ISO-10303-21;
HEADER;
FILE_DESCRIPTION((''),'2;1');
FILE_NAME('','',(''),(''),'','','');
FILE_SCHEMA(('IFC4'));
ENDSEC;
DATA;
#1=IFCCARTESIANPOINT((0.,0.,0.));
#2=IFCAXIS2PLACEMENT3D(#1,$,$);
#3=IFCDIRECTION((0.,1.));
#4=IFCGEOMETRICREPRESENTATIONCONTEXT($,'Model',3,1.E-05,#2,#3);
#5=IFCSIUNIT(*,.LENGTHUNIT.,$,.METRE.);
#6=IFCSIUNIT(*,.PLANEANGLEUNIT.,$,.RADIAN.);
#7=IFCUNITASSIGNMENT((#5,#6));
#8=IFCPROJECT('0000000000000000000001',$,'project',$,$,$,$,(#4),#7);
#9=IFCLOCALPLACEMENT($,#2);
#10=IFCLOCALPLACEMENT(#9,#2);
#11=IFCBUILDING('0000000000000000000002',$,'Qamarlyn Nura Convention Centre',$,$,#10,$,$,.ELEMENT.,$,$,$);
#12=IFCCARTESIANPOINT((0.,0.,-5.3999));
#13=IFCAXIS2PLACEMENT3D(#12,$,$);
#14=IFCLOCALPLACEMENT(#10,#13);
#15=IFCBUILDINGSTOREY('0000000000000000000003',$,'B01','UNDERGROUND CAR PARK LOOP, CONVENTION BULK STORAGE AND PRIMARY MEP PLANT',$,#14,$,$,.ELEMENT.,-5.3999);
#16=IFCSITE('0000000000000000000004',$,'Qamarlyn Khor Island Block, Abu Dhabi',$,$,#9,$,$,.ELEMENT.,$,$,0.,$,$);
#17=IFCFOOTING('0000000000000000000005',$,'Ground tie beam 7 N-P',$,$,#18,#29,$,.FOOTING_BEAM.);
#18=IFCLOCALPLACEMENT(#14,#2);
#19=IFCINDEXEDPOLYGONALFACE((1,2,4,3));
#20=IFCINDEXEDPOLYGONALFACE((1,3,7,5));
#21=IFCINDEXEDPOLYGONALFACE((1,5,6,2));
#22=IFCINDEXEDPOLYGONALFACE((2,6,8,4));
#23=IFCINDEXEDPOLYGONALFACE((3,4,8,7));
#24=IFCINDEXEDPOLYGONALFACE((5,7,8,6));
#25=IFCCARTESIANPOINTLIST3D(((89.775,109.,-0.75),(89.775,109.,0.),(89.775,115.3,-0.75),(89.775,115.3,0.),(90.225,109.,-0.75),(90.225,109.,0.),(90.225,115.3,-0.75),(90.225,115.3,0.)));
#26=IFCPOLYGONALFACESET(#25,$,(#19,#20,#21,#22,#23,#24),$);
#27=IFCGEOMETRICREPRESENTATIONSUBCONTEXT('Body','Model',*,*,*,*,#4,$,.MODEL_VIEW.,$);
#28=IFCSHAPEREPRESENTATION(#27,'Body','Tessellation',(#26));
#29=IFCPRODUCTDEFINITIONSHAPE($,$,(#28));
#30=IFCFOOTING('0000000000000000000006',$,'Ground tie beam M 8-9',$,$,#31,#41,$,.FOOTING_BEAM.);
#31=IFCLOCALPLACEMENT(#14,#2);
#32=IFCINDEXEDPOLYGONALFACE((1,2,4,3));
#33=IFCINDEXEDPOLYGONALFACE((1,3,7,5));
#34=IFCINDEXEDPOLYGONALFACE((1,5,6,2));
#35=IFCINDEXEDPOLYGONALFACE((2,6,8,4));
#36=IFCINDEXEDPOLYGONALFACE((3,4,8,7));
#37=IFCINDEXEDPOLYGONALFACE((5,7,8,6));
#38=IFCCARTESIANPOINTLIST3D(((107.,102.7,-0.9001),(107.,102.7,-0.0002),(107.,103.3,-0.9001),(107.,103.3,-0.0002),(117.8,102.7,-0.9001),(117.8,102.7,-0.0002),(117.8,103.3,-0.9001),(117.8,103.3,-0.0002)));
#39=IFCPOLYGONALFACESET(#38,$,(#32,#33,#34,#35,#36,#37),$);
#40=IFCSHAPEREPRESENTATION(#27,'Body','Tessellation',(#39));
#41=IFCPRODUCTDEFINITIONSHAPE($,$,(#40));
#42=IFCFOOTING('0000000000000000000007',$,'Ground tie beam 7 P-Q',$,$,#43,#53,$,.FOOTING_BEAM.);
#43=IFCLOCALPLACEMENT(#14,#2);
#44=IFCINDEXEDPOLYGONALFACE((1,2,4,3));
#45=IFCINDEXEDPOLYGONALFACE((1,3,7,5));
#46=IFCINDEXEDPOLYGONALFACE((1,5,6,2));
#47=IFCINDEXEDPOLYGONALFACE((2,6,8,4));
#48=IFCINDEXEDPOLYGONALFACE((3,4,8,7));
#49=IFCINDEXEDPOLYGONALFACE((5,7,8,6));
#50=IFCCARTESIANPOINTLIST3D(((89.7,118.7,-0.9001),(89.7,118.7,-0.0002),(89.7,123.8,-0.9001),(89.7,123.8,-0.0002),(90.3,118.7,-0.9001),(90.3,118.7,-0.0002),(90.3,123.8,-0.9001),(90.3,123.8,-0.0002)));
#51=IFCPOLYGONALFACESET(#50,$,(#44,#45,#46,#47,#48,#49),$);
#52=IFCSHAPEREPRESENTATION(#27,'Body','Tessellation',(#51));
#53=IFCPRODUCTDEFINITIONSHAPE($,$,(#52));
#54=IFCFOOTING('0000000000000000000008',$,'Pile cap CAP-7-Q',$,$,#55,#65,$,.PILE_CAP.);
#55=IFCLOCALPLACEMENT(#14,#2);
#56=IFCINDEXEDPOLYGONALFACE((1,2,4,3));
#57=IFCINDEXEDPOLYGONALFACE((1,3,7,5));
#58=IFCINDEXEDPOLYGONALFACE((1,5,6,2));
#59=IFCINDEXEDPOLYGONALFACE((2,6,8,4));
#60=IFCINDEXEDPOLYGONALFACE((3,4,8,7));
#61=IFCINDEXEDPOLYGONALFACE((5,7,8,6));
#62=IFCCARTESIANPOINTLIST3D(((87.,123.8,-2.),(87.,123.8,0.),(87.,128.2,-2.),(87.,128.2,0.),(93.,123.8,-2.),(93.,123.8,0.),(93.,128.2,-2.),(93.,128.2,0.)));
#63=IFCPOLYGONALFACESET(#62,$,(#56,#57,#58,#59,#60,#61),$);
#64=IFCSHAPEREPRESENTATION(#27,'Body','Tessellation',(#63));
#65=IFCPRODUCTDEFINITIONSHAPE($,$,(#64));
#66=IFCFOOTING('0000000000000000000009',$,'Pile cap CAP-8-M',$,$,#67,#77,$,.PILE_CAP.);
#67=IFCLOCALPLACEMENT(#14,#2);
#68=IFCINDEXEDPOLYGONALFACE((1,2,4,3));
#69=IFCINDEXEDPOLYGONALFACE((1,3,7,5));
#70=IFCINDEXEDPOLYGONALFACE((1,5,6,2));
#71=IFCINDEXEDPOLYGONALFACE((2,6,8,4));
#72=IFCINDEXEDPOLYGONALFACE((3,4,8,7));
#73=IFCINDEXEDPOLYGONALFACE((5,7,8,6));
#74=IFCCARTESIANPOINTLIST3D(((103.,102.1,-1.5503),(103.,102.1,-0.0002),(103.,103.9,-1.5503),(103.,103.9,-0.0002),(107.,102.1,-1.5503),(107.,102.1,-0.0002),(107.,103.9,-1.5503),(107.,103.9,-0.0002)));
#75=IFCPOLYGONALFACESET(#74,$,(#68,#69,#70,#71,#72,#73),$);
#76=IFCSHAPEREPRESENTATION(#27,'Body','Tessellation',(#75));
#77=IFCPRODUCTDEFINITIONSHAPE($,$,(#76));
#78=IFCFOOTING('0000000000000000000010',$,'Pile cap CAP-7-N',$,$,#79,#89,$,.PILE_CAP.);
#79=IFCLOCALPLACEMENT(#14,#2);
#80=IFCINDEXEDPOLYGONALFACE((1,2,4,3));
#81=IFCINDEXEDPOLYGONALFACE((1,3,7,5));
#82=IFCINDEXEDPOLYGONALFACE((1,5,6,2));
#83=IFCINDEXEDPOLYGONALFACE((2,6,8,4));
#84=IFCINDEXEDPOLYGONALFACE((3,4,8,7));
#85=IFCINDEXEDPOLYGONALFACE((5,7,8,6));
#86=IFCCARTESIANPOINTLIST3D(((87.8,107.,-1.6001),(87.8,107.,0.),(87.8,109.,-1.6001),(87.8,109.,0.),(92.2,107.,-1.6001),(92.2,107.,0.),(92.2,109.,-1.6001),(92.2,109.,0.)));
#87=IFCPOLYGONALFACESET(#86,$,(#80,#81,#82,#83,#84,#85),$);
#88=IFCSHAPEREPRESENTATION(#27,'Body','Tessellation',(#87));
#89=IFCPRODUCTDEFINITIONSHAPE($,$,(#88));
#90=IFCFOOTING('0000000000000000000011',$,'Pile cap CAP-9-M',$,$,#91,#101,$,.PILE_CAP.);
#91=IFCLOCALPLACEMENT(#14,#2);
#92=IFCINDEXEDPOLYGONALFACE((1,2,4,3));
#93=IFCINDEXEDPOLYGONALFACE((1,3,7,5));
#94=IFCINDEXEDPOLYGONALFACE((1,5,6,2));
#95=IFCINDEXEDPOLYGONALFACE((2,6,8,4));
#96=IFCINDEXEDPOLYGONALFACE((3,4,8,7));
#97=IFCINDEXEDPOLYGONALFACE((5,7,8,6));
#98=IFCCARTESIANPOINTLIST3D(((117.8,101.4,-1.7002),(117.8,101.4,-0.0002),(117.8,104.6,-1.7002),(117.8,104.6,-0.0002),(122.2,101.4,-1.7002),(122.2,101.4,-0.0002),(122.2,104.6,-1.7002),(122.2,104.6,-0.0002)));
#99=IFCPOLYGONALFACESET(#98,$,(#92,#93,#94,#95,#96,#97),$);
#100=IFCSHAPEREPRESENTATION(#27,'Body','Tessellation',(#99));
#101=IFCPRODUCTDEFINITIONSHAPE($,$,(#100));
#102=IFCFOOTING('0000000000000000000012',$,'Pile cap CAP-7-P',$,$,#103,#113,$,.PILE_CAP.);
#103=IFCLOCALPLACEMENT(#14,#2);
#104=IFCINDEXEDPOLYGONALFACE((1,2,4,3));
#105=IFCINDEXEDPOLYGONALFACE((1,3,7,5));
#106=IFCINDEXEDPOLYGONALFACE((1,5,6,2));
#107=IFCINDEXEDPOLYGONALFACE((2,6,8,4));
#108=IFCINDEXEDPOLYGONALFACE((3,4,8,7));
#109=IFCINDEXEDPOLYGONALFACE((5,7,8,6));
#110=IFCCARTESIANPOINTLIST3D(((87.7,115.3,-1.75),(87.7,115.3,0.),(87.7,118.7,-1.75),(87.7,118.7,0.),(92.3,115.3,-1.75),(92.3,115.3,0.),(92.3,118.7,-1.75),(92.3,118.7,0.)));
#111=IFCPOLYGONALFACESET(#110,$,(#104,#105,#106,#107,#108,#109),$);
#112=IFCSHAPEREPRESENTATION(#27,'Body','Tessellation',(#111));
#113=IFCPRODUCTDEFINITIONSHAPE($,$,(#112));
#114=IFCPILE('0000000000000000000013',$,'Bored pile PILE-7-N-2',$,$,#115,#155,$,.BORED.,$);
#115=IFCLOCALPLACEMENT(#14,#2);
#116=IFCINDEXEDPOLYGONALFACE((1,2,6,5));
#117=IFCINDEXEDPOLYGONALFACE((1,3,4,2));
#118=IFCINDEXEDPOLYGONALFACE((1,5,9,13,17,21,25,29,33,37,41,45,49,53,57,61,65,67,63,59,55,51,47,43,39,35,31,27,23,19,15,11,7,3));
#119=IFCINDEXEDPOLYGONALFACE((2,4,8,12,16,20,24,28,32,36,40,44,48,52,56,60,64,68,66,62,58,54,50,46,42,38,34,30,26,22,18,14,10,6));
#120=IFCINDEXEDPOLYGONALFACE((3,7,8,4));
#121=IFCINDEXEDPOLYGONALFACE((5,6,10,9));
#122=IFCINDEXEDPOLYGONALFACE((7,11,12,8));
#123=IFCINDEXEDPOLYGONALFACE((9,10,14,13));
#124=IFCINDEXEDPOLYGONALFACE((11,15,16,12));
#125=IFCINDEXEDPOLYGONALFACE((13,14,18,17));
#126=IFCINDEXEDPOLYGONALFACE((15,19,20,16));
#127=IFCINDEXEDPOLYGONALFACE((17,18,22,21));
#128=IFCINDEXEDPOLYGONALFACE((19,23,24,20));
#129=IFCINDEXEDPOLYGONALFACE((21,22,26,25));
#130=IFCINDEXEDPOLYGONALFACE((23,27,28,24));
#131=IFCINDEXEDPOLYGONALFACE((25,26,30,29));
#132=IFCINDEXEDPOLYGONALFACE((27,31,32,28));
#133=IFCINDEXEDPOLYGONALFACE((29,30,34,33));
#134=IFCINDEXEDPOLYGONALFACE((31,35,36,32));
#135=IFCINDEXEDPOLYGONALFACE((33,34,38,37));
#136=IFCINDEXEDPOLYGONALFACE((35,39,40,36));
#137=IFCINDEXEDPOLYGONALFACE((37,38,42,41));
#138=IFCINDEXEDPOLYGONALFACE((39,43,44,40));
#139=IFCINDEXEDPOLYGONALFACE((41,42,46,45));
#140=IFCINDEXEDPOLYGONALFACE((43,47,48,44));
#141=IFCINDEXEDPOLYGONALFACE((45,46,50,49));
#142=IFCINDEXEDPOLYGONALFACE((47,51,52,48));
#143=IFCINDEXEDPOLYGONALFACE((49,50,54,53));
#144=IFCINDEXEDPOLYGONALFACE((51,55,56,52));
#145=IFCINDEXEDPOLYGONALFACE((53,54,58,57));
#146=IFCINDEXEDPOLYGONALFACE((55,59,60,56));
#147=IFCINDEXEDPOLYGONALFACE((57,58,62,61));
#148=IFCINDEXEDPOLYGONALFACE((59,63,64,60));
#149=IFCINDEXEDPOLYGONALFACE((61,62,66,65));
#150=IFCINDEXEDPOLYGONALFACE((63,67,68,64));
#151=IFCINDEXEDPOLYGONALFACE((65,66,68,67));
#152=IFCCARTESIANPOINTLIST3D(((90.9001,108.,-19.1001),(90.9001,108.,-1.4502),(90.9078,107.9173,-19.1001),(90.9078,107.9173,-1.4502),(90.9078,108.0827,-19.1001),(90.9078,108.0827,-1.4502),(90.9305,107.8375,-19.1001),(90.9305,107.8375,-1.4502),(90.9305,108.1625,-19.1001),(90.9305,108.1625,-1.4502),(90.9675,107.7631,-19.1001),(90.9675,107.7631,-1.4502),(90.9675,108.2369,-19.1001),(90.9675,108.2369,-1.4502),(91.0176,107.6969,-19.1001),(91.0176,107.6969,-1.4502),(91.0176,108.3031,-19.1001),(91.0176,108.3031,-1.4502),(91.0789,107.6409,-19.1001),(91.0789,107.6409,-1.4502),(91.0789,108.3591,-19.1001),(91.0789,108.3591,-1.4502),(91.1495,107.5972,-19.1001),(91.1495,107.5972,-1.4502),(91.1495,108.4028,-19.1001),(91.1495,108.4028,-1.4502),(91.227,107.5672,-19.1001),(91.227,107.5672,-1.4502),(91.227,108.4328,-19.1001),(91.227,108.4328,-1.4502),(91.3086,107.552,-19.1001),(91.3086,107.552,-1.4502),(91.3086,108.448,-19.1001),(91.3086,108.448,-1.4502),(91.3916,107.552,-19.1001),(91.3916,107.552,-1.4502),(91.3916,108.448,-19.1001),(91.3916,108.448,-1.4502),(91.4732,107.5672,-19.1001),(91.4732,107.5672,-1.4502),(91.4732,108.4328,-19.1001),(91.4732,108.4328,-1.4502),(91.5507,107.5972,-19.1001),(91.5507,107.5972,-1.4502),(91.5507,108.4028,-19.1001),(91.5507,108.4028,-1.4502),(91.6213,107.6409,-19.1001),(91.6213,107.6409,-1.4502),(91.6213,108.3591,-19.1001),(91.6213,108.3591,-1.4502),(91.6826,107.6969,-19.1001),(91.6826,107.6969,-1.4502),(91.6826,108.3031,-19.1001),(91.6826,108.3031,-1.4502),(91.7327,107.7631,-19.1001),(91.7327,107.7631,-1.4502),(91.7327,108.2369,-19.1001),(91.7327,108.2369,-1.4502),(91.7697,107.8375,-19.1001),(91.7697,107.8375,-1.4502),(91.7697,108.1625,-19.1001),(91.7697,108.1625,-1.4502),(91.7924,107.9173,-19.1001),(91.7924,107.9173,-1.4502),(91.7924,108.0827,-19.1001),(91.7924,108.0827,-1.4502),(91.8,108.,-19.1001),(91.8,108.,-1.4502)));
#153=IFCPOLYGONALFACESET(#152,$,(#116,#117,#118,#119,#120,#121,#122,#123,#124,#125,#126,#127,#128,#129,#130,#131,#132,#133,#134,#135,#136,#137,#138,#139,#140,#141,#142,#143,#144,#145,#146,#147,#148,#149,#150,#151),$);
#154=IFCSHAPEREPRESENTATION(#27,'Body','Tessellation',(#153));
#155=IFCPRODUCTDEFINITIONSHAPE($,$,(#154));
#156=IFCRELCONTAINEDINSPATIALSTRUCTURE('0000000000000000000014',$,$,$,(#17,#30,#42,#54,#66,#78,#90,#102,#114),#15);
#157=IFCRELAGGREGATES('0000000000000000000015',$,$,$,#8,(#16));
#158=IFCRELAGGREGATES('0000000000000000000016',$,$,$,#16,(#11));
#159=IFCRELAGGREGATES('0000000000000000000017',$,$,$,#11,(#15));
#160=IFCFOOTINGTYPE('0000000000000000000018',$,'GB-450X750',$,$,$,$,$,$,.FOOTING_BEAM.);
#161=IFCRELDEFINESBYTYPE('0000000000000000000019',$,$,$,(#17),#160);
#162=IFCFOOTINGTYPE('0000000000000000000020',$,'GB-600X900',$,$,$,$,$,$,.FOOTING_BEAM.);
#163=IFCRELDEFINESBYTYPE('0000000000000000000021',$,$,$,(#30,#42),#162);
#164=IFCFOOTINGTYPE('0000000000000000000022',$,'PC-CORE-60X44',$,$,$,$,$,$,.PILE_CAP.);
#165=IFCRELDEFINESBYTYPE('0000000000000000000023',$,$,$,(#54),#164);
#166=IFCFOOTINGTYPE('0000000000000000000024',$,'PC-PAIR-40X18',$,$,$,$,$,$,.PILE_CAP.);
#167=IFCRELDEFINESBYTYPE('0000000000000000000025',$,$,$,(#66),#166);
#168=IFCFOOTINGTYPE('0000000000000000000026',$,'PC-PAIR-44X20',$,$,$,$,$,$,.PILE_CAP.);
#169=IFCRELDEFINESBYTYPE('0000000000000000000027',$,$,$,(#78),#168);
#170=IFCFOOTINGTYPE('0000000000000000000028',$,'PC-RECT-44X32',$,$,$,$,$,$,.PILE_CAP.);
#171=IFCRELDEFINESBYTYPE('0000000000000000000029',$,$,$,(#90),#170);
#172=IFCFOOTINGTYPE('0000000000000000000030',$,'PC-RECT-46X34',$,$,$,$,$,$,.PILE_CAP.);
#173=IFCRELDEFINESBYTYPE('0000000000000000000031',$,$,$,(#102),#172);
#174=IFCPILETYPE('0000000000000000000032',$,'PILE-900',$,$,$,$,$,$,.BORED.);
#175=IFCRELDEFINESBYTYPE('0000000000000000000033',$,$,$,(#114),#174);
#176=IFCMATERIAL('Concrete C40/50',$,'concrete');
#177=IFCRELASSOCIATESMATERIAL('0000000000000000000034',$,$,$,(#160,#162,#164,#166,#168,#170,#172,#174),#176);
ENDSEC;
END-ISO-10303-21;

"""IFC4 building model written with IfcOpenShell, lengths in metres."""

from ifc_helpers import new_model, si_unit, direction, frame, origin, origin_2d, place, context, subcontext, project, spatial, rectangle, circle, extrude, material, material_profile, profile_set, type_object, element, save


model = new_model("IFC4")

# Units and contexts
model_context = context("Model", 3, precision=1e-05, world=origin(), true_north=direction((0.0, 1.0)))
body_context = subcontext(model_context, "Body", "Model", "MODEL_VIEW")
ifc_project = project(units=[si_unit("LENGTHUNIT", "METRE"), si_unit("PLANEANGLEUNIT", "RADIAN")], contexts=[model_context])

# Site, building, storey
site_placement = place(None, origin())
site = spatial("IfcSite", under=ifc_project, at=site_placement, Name="Qamarlyn Khor Island Block, Abu Dhabi", CompositionType="ELEMENT", RefElevation=0.0)
building_placement = place(site_placement, origin())
building = spatial("IfcBuilding", under=site, at=building_placement, Name="Qamarlyn Nura Convention Centre", CompositionType="ELEMENT")
storey_placement = place(building_placement, frame((0.0, 0.0, -5.3999)))
storey = spatial("IfcBuildingStorey", under=building, at=storey_placement, Name="B01", Description="UNDERGROUND CAR PARK LOOP, CONVENTION BULK STORAGE AND PRIMARY MEP PLANT", CompositionType="ELEMENT", Elevation=-5.3999)

# Footings
ifc_material_1 = material(Name="Concrete C40/50", Category="concrete")
ifc_material_profile_1 = material_profile(ifc_material_1, rectangle(XDim=0.45, YDim=0.75, at=origin_2d()), Name="RC GB 450x750")
ifc_profile_set_1 = profile_set([ifc_material_profile_1], Name="Concrete C40/50")
footing_type_1 = type_object("IfcFootingType", Name="GB-450X750", PredefinedType="FOOTING_BEAM", material=ifc_profile_set_1)
footing_1_placement = place(storey_placement, frame((90.0, 109.0, -0.375), z_axis=(0.0, 1.0, 0.0), x_axis=(-1.0, 0.0, 0.0)))
element("IfcFooting", 1, at=footing_1_placement, inside=storey, type_object=footing_type_1, Name="Ground tie beam 7 N-P", PredefinedType="FOOTING_BEAM", context=body_context, shape_type="SweptSolid", body=[
    extrude(rectangle(XDim=0.45, YDim=0.75, at=origin_2d()), origin(), (0.0, 0.0, 1.0), 6.3),
])
ifc_material_profile_2 = material_profile(ifc_material_1, rectangle(XDim=0.6001, YDim=0.8999, at=origin_2d()), Name="RC GB 600x900")
ifc_profile_set_2 = profile_set([ifc_material_profile_2], Name="Concrete C40/50")
footing_type_2 = type_object("IfcFootingType", Name="GB-600X900", PredefinedType="FOOTING_BEAM", material=ifc_profile_set_2)
footing_2_placement = place(storey_placement, frame((107.0, 103.0, -0.4502), z_axis=(1.0, 0.0, 0.0), x_axis=(0.0, 1.0, 0.0)))
element("IfcFooting", 2, at=footing_2_placement, inside=storey, type_object=footing_type_2, Name="Ground tie beam M 8-9", PredefinedType="FOOTING_BEAM", context=body_context, shape_type="SweptSolid", body=[
    extrude(rectangle(XDim=0.6001, YDim=0.8999, at=origin_2d()), origin(), (0.0, 0.0, 1.0), 10.8),
])
footing_3_placement = place(storey_placement, frame((90.0, 118.7, -0.4502), z_axis=(0.0, 1.0, 0.0), x_axis=(-1.0, 0.0, 0.0)))
element("IfcFooting", 3, at=footing_3_placement, inside=storey, type_object=footing_type_2, Name="Ground tie beam 7 P-Q", PredefinedType="FOOTING_BEAM", context=body_context, shape_type="SweptSolid", body=[
    extrude(rectangle(XDim=0.6001, YDim=0.8999, at=origin_2d()), origin(), (0.0, 0.0, 1.0), 5.1001),
])
footing_type_3 = type_object("IfcFootingType", Name="PC-CORE-60X44", PredefinedType="PILE_CAP", material=ifc_material_1)
footing_4_placement = place(storey_placement, frame((90.0, 126.0, -2.0), z_axis=(0.0, 0.0, 1.0), x_axis=(1.0, 0.0, 0.0)))
element("IfcFooting", 4, at=footing_4_placement, inside=storey, type_object=footing_type_3, Name="Pile cap CAP-7-Q", PredefinedType="PILE_CAP", context=body_context, shape_type="SweptSolid", body=[
    extrude(rectangle(XDim=6.0, YDim=4.3999, at=origin_2d()), origin(), (0.0, 0.0, 1.0), 2.0),
])
footing_type_4 = type_object("IfcFootingType", Name="PC-PAIR-40X18", PredefinedType="PILE_CAP", material=ifc_material_1)
footing_5_placement = place(storey_placement, frame((105.0, 103.0, -1.5503), z_axis=(0.0, 0.0, 1.0), x_axis=(1.0, 0.0, 0.0)))
element("IfcFooting", 5, at=footing_5_placement, inside=storey, type_object=footing_type_4, Name="Pile cap CAP-8-M", PredefinedType="PILE_CAP", context=body_context, shape_type="SweptSolid", body=[
    extrude(rectangle(XDim=4.0, YDim=1.8, at=origin_2d()), origin(), (0.0, 0.0, 1.0), 1.55),
])
footing_type_5 = type_object("IfcFootingType", Name="PC-PAIR-44X20", PredefinedType="PILE_CAP", material=ifc_material_1)
footing_6_placement = place(storey_placement, frame((90.0, 108.0, -1.6001), z_axis=(0.0, 0.0, 1.0), x_axis=(1.0, 0.0, 0.0)))
element("IfcFooting", 6, at=footing_6_placement, inside=storey, type_object=footing_type_5, Name="Pile cap CAP-7-N", PredefinedType="PILE_CAP", context=body_context, shape_type="SweptSolid", body=[
    extrude(rectangle(XDim=4.3999, YDim=2.0, at=origin_2d()), origin(), (0.0, 0.0, 1.0), 1.6001),
])
footing_type_6 = type_object("IfcFootingType", Name="PC-RECT-44X32", PredefinedType="PILE_CAP", material=ifc_material_1)
footing_7_placement = place(storey_placement, frame((120.0, 103.0, -1.7002), z_axis=(0.0, 0.0, 1.0), x_axis=(1.0, 0.0, 0.0)))
element("IfcFooting", 7, at=footing_7_placement, inside=storey, type_object=footing_type_6, Name="Pile cap CAP-9-M", PredefinedType="PILE_CAP", context=body_context, shape_type="SweptSolid", body=[
    extrude(rectangle(XDim=4.3999, YDim=3.2, at=origin_2d()), origin(), (0.0, 0.0, 1.0), 1.7),
])
footing_type_7 = type_object("IfcFootingType", Name="PC-RECT-46X34", PredefinedType="PILE_CAP", material=ifc_material_1)
footing_8_placement = place(storey_placement, frame((90.0, 117.0, -1.75), z_axis=(0.0, 0.0, 1.0), x_axis=(1.0, 0.0, 0.0)))
element("IfcFooting", 8, at=footing_8_placement, inside=storey, type_object=footing_type_7, Name="Pile cap CAP-7-P", PredefinedType="PILE_CAP", context=body_context, shape_type="SweptSolid", body=[
    extrude(rectangle(XDim=4.6001, YDim=3.3999, at=origin_2d()), origin(), (0.0, 0.0, 1.0), 1.75),
])

# Pile
ifc_material_profile_3 = material_profile(ifc_material_1, circle(Radius=0.45, at=origin_2d()), Name="BORED PILE 900")
ifc_profile_set_3 = profile_set([ifc_material_profile_3], Name="Concrete C40/50")
pile_type = type_object("IfcPileType", Name="PILE-900", PredefinedType="BORED", material=ifc_profile_set_3)
pile_1_placement = place(storey_placement, frame((91.3501, 108.0, -1.4502), z_axis=(0.0, 0.0, -1.0), x_axis=(1.0, 0.0, 0.0)))
element("IfcPile", 9, at=pile_1_placement, inside=storey, type_object=pile_type, Name="Bored pile PILE-7-N-2", PredefinedType="BORED", context=body_context, shape_type="SweptSolid", body=[
    extrude(circle(Radius=0.45, at=origin_2d()), origin(), (0.0, 0.0, 1.0), 17.6499),
])

save(model, "model.ifc")
